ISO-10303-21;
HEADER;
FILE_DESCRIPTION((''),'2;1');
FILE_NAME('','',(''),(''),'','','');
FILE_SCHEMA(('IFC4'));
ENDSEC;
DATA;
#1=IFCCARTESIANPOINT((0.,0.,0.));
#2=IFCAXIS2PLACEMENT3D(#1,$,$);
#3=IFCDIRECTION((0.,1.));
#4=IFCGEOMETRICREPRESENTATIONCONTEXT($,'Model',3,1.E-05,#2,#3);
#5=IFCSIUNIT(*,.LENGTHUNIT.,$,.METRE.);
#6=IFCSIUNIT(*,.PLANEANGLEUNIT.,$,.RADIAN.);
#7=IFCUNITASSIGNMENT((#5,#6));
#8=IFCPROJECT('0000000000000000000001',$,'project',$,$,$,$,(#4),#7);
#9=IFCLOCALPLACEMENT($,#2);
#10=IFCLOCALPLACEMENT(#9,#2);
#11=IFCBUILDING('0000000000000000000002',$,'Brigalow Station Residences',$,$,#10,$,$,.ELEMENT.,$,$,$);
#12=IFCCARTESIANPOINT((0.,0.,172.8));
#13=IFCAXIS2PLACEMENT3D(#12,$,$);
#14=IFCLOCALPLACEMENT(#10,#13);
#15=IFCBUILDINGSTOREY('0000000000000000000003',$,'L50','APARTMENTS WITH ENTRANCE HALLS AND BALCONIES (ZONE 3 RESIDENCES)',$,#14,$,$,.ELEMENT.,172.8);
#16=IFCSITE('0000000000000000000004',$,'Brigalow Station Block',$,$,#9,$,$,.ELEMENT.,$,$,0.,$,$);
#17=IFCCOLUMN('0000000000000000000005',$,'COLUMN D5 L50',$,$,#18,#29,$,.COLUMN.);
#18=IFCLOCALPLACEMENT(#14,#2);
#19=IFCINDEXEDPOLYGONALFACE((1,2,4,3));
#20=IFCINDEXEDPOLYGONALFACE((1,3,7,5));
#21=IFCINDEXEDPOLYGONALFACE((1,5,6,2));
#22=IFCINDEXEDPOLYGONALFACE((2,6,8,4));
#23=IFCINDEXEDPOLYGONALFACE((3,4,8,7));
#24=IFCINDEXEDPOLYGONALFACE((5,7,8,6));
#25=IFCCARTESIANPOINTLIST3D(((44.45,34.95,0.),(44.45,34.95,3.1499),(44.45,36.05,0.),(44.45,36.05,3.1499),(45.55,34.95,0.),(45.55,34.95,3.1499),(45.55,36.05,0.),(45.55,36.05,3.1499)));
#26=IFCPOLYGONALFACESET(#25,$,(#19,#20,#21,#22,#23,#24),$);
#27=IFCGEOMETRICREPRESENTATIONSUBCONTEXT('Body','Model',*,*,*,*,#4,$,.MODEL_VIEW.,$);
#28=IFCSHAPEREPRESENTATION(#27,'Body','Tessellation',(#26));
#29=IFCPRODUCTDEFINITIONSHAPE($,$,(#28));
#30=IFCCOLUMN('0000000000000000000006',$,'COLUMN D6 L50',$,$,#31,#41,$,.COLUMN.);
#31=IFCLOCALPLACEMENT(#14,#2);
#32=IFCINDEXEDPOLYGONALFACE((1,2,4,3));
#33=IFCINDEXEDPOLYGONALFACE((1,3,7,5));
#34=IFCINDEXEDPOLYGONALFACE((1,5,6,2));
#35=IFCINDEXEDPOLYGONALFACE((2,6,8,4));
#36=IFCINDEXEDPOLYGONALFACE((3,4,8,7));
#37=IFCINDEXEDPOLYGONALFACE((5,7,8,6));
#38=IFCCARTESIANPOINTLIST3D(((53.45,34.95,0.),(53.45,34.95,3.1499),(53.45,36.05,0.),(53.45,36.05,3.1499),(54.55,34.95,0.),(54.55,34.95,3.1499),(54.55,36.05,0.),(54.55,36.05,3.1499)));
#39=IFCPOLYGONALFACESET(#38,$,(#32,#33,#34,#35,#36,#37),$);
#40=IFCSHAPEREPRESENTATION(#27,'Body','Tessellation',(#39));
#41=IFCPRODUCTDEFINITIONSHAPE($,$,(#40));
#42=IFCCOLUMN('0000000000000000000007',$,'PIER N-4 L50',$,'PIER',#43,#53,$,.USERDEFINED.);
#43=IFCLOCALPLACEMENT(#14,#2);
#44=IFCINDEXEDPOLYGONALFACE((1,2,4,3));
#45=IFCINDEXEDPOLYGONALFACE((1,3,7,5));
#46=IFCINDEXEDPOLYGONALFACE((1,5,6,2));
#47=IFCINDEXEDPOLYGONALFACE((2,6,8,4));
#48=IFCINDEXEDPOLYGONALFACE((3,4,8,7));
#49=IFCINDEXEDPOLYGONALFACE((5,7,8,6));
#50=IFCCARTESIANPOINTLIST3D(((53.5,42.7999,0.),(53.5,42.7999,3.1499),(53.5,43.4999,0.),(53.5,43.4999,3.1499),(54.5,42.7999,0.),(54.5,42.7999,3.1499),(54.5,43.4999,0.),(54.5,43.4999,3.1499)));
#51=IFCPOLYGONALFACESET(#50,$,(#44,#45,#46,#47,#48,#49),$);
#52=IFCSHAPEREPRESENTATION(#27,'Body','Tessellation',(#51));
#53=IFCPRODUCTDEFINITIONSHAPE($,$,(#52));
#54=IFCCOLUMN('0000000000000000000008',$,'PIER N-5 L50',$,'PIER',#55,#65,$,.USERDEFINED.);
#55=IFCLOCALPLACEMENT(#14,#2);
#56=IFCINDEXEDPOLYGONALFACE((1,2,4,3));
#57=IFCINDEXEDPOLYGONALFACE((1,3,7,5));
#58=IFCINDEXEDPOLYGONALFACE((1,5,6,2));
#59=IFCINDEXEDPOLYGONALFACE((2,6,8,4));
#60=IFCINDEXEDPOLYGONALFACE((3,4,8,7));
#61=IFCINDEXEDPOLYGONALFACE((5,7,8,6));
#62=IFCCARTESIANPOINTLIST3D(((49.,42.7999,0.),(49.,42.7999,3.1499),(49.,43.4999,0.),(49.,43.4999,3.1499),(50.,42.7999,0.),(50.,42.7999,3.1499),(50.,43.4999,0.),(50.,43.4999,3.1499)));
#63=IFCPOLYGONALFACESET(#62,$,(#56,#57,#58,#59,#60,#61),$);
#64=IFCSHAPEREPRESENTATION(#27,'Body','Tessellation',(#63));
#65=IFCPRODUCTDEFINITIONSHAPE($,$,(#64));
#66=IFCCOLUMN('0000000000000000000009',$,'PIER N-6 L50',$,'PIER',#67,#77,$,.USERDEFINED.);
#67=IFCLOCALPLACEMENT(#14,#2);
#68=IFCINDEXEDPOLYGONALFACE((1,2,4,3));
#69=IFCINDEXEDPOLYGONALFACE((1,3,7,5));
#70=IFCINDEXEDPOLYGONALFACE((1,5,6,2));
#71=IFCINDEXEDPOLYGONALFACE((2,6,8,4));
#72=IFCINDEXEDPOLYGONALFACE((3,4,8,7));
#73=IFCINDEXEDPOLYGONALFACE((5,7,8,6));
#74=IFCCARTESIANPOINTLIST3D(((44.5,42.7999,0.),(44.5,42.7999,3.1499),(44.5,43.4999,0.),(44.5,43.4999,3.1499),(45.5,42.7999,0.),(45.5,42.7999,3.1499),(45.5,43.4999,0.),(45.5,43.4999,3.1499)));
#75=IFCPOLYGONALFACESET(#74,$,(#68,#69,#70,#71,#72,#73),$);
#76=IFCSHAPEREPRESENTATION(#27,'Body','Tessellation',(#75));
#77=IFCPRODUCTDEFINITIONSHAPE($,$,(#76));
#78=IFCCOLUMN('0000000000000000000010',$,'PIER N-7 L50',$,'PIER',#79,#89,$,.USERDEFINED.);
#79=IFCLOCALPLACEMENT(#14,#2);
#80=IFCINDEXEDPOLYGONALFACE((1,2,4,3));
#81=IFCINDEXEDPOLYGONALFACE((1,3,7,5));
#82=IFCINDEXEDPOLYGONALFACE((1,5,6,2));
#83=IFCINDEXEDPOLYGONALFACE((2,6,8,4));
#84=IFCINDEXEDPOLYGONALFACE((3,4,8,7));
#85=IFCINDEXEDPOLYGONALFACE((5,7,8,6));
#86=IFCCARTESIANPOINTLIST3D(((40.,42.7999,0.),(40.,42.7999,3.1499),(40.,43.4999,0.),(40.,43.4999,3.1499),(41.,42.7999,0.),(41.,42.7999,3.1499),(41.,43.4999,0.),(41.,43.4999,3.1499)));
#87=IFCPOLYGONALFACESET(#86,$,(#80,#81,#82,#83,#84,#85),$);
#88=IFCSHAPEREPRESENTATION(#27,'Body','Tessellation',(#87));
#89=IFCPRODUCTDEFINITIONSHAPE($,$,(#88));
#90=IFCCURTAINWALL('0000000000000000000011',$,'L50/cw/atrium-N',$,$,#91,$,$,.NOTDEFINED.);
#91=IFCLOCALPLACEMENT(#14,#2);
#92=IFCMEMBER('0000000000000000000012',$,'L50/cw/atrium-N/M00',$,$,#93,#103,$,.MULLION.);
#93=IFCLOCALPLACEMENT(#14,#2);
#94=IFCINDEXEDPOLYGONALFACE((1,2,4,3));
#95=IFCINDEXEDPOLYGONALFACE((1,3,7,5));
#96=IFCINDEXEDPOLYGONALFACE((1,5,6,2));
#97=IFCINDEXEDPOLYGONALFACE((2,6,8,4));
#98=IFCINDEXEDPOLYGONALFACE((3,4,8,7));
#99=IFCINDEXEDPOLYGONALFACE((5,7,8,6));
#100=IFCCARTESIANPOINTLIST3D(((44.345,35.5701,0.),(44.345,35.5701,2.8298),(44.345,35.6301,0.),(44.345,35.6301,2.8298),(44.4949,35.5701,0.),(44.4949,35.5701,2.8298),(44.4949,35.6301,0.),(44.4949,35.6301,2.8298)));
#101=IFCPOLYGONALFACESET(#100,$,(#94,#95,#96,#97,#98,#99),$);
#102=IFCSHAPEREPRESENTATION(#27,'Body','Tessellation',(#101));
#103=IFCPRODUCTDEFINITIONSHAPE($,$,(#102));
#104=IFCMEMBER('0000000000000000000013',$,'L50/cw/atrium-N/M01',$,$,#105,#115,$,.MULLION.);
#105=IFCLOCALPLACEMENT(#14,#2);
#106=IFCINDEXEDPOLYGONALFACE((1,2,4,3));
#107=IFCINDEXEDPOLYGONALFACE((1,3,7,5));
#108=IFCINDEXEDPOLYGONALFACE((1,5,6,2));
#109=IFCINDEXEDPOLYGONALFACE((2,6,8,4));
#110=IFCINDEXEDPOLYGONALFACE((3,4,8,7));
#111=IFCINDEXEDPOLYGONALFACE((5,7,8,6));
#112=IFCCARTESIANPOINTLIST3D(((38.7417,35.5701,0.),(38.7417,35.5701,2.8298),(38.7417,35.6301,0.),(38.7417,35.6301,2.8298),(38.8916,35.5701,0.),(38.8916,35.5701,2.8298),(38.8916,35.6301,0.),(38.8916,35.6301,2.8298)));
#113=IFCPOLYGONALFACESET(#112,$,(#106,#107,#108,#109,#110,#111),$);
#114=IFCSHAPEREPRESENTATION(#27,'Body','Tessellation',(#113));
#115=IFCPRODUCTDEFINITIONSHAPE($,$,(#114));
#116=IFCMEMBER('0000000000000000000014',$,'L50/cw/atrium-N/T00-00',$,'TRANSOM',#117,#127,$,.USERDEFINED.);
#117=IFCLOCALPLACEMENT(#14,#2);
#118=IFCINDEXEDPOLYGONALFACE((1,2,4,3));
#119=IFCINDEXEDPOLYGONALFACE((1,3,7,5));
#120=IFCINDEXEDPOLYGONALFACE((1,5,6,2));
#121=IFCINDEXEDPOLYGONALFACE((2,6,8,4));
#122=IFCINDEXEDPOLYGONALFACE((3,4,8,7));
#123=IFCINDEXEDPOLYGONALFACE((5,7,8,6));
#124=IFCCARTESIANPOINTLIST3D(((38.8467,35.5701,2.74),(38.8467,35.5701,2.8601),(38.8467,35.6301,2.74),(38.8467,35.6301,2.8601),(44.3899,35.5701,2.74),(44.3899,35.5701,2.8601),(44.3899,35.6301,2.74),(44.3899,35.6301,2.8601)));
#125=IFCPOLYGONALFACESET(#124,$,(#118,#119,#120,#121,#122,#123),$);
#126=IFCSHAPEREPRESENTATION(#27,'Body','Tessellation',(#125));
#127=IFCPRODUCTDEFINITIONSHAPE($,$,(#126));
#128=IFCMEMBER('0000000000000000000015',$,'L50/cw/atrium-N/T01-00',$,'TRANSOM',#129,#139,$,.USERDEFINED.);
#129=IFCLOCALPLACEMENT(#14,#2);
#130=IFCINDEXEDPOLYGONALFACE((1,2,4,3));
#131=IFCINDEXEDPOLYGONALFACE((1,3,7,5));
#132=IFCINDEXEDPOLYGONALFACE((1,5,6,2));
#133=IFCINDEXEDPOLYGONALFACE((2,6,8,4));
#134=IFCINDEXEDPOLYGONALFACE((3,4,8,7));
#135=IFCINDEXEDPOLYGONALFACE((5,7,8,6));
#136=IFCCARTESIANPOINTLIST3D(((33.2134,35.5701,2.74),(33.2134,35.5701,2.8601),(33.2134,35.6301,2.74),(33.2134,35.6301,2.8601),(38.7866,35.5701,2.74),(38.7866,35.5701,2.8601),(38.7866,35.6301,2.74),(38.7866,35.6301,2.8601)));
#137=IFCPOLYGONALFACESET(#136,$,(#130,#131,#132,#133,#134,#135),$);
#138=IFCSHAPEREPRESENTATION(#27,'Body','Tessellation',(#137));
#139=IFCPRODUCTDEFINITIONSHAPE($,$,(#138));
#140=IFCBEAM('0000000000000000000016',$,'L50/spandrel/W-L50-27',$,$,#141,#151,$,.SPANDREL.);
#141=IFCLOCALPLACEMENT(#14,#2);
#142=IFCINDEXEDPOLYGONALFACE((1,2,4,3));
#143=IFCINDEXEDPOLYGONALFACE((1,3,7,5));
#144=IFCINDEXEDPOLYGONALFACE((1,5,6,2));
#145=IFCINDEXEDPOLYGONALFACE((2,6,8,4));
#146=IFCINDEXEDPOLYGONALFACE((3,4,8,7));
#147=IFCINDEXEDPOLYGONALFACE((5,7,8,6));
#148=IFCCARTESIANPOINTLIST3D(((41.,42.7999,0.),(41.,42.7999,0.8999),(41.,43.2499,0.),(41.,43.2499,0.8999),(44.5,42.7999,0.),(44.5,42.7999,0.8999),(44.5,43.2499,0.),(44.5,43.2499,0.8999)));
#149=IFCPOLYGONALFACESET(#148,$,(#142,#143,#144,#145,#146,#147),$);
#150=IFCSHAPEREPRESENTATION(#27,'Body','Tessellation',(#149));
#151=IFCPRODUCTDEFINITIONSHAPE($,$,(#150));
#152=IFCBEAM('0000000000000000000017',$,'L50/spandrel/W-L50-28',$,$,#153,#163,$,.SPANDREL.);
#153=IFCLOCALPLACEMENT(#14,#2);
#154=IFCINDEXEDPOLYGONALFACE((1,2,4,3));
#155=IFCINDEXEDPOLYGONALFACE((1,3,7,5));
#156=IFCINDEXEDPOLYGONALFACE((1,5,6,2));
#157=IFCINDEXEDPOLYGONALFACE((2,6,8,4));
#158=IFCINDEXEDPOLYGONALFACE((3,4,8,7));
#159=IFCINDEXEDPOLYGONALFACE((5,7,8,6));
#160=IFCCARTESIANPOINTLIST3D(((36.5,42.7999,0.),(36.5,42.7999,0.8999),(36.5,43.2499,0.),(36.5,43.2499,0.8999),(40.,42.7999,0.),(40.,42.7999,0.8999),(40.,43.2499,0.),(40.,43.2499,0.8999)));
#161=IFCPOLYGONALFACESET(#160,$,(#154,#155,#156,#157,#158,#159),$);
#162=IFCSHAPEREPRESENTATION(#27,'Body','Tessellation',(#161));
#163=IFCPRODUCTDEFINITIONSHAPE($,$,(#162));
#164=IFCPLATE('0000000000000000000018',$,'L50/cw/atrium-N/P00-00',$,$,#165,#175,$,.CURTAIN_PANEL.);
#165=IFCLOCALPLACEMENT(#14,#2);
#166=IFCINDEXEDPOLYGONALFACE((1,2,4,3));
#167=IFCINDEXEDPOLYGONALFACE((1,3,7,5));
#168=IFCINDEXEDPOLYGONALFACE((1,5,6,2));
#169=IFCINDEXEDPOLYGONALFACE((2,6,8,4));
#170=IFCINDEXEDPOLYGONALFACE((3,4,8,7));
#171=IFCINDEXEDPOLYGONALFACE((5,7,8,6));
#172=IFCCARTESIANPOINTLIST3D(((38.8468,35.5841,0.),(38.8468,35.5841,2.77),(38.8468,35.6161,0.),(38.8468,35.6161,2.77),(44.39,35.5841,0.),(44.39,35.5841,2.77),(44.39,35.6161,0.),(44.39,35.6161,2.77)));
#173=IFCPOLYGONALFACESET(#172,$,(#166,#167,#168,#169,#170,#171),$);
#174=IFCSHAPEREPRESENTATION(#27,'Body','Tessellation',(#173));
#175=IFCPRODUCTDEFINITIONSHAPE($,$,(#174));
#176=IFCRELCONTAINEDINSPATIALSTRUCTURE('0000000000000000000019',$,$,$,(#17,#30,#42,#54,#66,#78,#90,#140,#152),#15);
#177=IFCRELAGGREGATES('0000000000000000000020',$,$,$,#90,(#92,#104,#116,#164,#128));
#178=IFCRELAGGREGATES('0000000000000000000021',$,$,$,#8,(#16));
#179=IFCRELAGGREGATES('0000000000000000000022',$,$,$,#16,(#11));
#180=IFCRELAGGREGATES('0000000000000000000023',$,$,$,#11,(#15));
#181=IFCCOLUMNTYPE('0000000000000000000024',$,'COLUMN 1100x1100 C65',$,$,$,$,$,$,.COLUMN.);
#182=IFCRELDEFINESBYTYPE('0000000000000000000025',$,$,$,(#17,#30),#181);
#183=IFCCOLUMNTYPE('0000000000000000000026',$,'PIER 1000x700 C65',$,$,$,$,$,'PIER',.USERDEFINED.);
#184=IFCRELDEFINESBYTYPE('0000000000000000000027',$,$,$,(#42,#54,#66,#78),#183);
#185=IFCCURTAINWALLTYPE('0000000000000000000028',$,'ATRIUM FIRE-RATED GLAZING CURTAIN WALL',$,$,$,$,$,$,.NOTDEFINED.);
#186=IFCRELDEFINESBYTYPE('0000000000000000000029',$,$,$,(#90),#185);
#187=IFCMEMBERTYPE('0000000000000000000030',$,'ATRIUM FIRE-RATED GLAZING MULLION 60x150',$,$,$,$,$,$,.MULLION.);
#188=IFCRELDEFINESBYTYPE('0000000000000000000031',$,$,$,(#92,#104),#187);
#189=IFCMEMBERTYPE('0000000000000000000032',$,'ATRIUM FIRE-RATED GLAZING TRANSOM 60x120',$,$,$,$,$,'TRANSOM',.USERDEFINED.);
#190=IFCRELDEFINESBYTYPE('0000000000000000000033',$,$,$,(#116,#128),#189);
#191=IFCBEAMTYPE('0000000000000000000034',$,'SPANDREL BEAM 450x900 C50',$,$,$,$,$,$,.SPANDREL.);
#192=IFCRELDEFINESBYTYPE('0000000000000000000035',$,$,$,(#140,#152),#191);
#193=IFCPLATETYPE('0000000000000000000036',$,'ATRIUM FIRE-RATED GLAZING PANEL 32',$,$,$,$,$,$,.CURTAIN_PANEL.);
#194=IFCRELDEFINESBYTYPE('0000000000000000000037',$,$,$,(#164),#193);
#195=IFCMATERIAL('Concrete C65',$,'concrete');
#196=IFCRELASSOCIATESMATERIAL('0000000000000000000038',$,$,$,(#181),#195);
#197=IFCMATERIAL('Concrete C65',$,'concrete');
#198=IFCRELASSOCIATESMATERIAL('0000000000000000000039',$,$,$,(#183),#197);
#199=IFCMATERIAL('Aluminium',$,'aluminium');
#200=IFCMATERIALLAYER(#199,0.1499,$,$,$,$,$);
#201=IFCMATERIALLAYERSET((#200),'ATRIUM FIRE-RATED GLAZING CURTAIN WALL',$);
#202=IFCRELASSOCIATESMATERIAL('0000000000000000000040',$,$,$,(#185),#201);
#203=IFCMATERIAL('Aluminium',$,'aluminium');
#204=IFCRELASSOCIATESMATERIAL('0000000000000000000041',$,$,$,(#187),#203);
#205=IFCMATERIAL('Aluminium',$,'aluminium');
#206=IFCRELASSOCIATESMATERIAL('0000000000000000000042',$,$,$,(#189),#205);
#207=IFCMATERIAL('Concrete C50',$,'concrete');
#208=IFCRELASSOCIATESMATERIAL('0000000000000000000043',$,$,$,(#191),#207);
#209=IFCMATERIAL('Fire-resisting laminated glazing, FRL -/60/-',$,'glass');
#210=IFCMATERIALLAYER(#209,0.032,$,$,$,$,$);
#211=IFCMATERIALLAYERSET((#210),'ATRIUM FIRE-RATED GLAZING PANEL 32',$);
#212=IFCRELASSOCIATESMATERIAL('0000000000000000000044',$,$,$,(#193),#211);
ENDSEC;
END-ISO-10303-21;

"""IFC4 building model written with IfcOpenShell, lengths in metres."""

from ifc_helpers import new_model, si_unit, direction, frame, origin, origin_2d, place, context, subcontext, project, spatial, rectangle, extrude, material, layer, layer_set, material_profile, profile_set, type_object, element, aggregate, save


model = new_model("IFC4")

# Units and contexts
model_context = context("Model", 3, precision=1e-05, world=origin(), true_north=direction((0.0, 1.0)))
body_context = subcontext(model_context, "Body", "Model", "MODEL_VIEW")
ifc_project = project(units=[si_unit("LENGTHUNIT", "METRE"), si_unit("PLANEANGLEUNIT", "RADIAN")], contexts=[model_context])

# Site, building, storey
site_placement = place(None, origin())
site = spatial("IfcSite", under=ifc_project, at=site_placement, Name="Brigalow Station Block", CompositionType="ELEMENT", RefElevation=0.0)
building_placement = place(site_placement, origin())
building = spatial("IfcBuilding", under=site, at=building_placement, Name="Brigalow Station Residences", CompositionType="ELEMENT")
storey_placement = place(building_placement, frame((0.0, 0.0, 172.8)))
storey = spatial("IfcBuildingStorey", under=building, at=storey_placement, Name="L50", Description="APARTMENTS WITH ENTRANCE HALLS AND BALCONIES (ZONE 3 RESIDENCES)", CompositionType="ELEMENT", Elevation=172.8)

# Columns
ifc_material_1 = material(Name="Concrete C65", Category="concrete")
ifc_material_profile_1 = material_profile(ifc_material_1, rectangle(XDim=1.1001, YDim=1.1001, at=origin_2d()), Name="RC1100x1100")
ifc_profile_set_1 = profile_set([ifc_material_profile_1], Name="Concrete C65")
column_type_1 = type_object("IfcColumnType", Name="COLUMN 1100x1100 C65", PredefinedType="COLUMN", material=ifc_profile_set_1)
for number, where, z_axis, x_axis, name in (
    (1, (45.0, 35.5, 0.0), (0.0, 0.0, 1.0), (1.0, 0.0, 0.0), "COLUMN D5 L50"),
    (2, (54.0, 35.5, 0.0), (0.0, 0.0, 1.0), (1.0, 0.0, 0.0), "COLUMN D6 L50"),
):
    element("IfcColumn", number, at=place(storey_placement, frame(where, z_axis=z_axis, x_axis=x_axis)), inside=storey, type_object=column_type_1, Name=name, PredefinedType="COLUMN", context=body_context, shape_type="SweptSolid", body=[
        extrude(rectangle(XDim=1.1001, YDim=1.1001, at=origin_2d()), origin(), (0.0, 0.0, 1.0), 3.1499),
    ])
ifc_material_2 = material(Name="Concrete C65", Category="concrete")
ifc_material_profile_2 = material_profile(ifc_material_2, rectangle(XDim=1.0, YDim=0.7, at=origin_2d()), Name="RC1000x700")
ifc_profile_set_2 = profile_set([ifc_material_profile_2], Name="Concrete C65")
column_type_2 = type_object("IfcColumnType", Name="PIER 1000x700 C65", ElementType="PIER", PredefinedType="USERDEFINED", material=ifc_profile_set_2)
for number, where, z_axis, x_axis, name in (
    (3, (54.0, 43.1499, 0.0), (0.0, 0.0, 1.0), (-1.0, 0.0, 0.0), "PIER N-4 L50"),
    (4, (49.5, 43.1499, 0.0), (0.0, 0.0, 1.0), (-1.0, 0.0, 0.0), "PIER N-5 L50"),
    (5, (45.0, 43.1499, 0.0), (0.0, 0.0, 1.0), (-1.0, 0.0, 0.0), "PIER N-6 L50"),
    (6, (40.5, 43.1499, 0.0), (0.0, 0.0, 1.0), (-1.0, 0.0, 0.0), "PIER N-7 L50"),
):
    element("IfcColumn", number, at=place(storey_placement, frame(where, z_axis=z_axis, x_axis=x_axis)), inside=storey, type_object=column_type_2, Name=name, ObjectType="PIER", PredefinedType="USERDEFINED", context=body_context, shape_type="SweptSolid", body=[
        extrude(rectangle(XDim=1.0, YDim=0.7, at=origin_2d()), origin(), (0.0, 0.0, 1.0), 3.1499),
    ])

# Curtain wall, members
ifc_material_3 = material(Name="Aluminium", Category="aluminium")
ifc_layer_1 = layer(ifc_material_3, 0.1499)
ifc_layer_set_1 = layer_set([ifc_layer_1], Name="ATRIUM FIRE-RATED GLAZING CURTAIN WALL")
curtain_wall_type = type_object("IfcCurtainWallType", Name="ATRIUM FIRE-RATED GLAZING CURTAIN WALL", PredefinedType="NOTDEFINED", material=ifc_layer_set_1)
curtain_wall_placement = place(storey_placement, origin())
curtain_wall = element("IfcCurtainWall", 7, at=curtain_wall_placement, inside=storey, type_object=curtain_wall_type, Name="L50/cw/atrium-N", PredefinedType="NOTDEFINED")
ifc_material_4 = material(Name="Aluminium", Category="aluminium")
ifc_material_profile_3 = material_profile(ifc_material_4, rectangle(XDim=0.0601, YDim=0.1499, at=origin_2d()), Name="ATRIUM FIRE-RATED GLAZING MULLION 60x150")
ifc_profile_set_3 = profile_set([ifc_material_profile_3], Name="Aluminium")
member_type_1 = type_object("IfcMemberType", Name="ATRIUM FIRE-RATED GLAZING MULLION 60x150", PredefinedType="MULLION", material=ifc_profile_set_3)
member_1_placement = place(storey_placement, frame((44.4199, 35.6001, 0.0), z_axis=(0.0, 0.0, 1.0), x_axis=(0.0, -1.0, 0.0)))
member_1 = element("IfcMember", 8, at=member_1_placement, type_object=member_type_1, Name="L50/cw/atrium-N/M00", PredefinedType="MULLION", context=body_context, shape_type="SweptSolid", body=[
    extrude(rectangle(XDim=0.0601, YDim=0.1499, at=origin_2d()), origin(), (0.0, 0.0, 1.0), 2.8298),
])
member_2_placement = place(storey_placement, frame((38.8167, 35.6001, 0.0), z_axis=(0.0, 0.0, 1.0), x_axis=(0.0, -1.0, 0.0)))
member_2 = element("IfcMember", 9, at=member_2_placement, type_object=member_type_1, Name="L50/cw/atrium-N/M01", PredefinedType="MULLION", context=body_context, shape_type="SweptSolid", body=[
    extrude(rectangle(XDim=0.0601, YDim=0.1499, at=origin_2d()), origin(), (0.0, 0.0, 1.0), 2.8298),
])
ifc_material_5 = material(Name="Aluminium", Category="aluminium")
ifc_material_profile_4 = material_profile(ifc_material_5, rectangle(XDim=0.0601, YDim=0.1201, at=origin_2d()), Name="ATRIUM FIRE-RATED GLAZING TRANSOM 60x120")
ifc_profile_set_4 = profile_set([ifc_material_profile_4], Name="Aluminium")
member_type_2 = type_object("IfcMemberType", Name="ATRIUM FIRE-RATED GLAZING TRANSOM 60x120", ElementType="TRANSOM", PredefinedType="USERDEFINED", material=ifc_profile_set_4)
member_3_placement = place(storey_placement, frame((44.3899, 35.6001, 2.8), z_axis=(-1.0, 0.0, 0.0), x_axis=(0.0, -1.0, 0.0)))
member_3 = element("IfcMember", 10, at=member_3_placement, type_object=member_type_2, Name="L50/cw/atrium-N/T00-00", ObjectType="TRANSOM", PredefinedType="USERDEFINED", context=body_context, shape_type="SweptSolid", body=[
    extrude(rectangle(XDim=0.0601, YDim=0.1201, at=origin_2d()), origin(), (0.0, 0.0, 1.0), 5.5432),
])
member_4_placement = place(storey_placement, frame((38.7866, 35.6001, 2.8), z_axis=(-1.0, 0.0, 0.0), x_axis=(0.0, -1.0, 0.0)))
member_4 = element("IfcMember", 11, at=member_4_placement, type_object=member_type_2, Name="L50/cw/atrium-N/T01-00", ObjectType="TRANSOM", PredefinedType="USERDEFINED", context=body_context, shape_type="SweptSolid", body=[
    extrude(rectangle(XDim=0.0601, YDim=0.1201, at=origin_2d()), origin(), (0.0, 0.0, 1.0), 5.5732),
])

# Beams
ifc_material_6 = material(Name="Concrete C50", Category="concrete")
ifc_material_profile_5 = material_profile(ifc_material_6, rectangle(XDim=0.45, YDim=0.8999, at=origin_2d()), Name="RC450x900")
ifc_profile_set_5 = profile_set([ifc_material_profile_5], Name="Concrete C50")
beam_type = type_object("IfcBeamType", Name="SPANDREL BEAM 450x900 C50", PredefinedType="SPANDREL", material=ifc_profile_set_5)
for number, where, z_axis, x_axis, name in (
    (12, (44.5, 43.0249, 0.45), (-1.0, 0.0, 0.0), (0.0, -1.0, 0.0), "L50/spandrel/W-L50-27"),
    (13, (40.0, 43.0249, 0.45), (-1.0, 0.0, 0.0), (0.0, -1.0, 0.0), "L50/spandrel/W-L50-28"),
):
    element("IfcBeam", number, at=place(storey_placement, frame(where, z_axis=z_axis, x_axis=x_axis)), inside=storey, type_object=beam_type, Name=name, PredefinedType="SPANDREL", context=body_context, shape_type="SweptSolid", body=[
        extrude(rectangle(XDim=0.45, YDim=0.8999, at=origin_2d()), origin(), (0.0, 0.0, 1.0), 3.5),
    ])

# Plate
ifc_material_7 = material(Name="Fire-resisting laminated glazing, FRL -/60/-", Category="glass")
ifc_layer_2 = layer(ifc_material_7, 0.032)
ifc_layer_set_2 = layer_set([ifc_layer_2], Name="ATRIUM FIRE-RATED GLAZING PANEL 32")
plate_type = type_object("IfcPlateType", Name="ATRIUM FIRE-RATED GLAZING PANEL 32", PredefinedType="CURTAIN_PANEL", material=ifc_layer_set_2)
plate_placement = place(storey_placement, frame((41.6184, 35.6001, 0.0), z_axis=(0.0, 0.0, 1.0), x_axis=(-1.0, 0.0, 0.0)))
plate = element("IfcPlate", 14, at=plate_placement, type_object=plate_type, Name="L50/cw/atrium-N/P00-00", PredefinedType="CURTAIN_PANEL", context=body_context, shape_type="SweptSolid", body=[
    extrude(rectangle(XDim=5.5432, YDim=0.032, at=origin_2d()), origin(), (0.0, 0.0, 1.0), 2.77),
])
aggregate(curtain_wall, [member_1, member_2, member_3, plate, member_4])

save(model, "model.ifc")
